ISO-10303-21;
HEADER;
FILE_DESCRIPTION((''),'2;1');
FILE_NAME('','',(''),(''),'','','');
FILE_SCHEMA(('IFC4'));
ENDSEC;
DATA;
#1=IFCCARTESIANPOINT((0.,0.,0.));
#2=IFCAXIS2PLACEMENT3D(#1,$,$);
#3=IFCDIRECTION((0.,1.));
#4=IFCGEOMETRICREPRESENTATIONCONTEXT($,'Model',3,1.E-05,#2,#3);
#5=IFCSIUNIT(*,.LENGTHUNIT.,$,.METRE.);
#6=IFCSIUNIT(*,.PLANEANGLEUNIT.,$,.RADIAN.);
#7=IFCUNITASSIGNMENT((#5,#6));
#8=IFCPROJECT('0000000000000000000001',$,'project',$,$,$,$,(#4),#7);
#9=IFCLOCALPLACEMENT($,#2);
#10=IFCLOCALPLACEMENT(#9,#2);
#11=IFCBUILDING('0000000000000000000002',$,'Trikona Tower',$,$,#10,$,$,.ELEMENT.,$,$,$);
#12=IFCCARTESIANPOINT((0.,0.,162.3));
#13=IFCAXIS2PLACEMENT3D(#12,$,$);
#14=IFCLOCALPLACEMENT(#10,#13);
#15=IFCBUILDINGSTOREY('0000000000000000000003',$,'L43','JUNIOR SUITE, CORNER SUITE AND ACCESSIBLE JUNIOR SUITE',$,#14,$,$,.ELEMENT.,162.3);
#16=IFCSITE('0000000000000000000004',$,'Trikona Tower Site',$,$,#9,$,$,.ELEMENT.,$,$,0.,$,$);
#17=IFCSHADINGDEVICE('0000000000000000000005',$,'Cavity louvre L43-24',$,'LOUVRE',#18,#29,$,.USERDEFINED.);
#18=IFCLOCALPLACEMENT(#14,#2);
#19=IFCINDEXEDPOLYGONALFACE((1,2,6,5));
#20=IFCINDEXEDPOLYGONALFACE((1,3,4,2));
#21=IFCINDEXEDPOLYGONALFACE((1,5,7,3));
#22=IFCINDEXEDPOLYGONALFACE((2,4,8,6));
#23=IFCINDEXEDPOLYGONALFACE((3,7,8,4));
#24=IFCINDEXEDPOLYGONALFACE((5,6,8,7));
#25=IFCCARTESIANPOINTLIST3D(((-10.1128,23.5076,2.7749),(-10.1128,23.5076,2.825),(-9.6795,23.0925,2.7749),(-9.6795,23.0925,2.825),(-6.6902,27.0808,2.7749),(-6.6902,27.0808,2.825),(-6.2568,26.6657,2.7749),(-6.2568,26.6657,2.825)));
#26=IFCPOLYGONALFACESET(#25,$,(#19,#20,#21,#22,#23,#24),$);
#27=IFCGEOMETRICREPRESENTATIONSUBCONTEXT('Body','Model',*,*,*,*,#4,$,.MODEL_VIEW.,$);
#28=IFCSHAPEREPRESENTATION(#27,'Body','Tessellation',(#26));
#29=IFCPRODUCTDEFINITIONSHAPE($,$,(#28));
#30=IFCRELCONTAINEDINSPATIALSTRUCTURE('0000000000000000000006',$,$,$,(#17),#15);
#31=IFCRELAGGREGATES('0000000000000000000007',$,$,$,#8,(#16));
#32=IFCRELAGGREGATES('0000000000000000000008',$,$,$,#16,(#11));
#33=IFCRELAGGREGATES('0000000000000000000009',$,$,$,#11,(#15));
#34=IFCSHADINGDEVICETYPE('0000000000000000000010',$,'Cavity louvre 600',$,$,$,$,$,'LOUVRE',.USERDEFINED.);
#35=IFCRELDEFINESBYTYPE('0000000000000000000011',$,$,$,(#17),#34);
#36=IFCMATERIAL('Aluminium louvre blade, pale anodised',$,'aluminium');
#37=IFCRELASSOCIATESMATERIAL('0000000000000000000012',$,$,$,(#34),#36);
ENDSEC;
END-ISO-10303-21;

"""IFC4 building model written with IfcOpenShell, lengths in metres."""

from ifc_helpers import new_model, si_unit, direction, frame, origin, origin_2d, place, context, subcontext, project, spatial, rectangle, extrude, material, type_object, element, save


model = new_model("IFC4")

# Units and contexts
model_context = context("Model", 3, precision=1e-05, world=origin(), true_north=direction((0.0, 1.0)))
body_context = subcontext(model_context, "Body", "Model", "MODEL_VIEW")
ifc_project = project(units=[si_unit("LENGTHUNIT", "METRE"), si_unit("PLANEANGLEUNIT", "RADIAN")], contexts=[model_context])

# Site, building, storey
site_placement = place(None, origin())
site = spatial("IfcSite", under=ifc_project, at=site_placement, Name="Trikona Tower Site", CompositionType="ELEMENT", RefElevation=0.0)
building_placement = place(site_placement, origin())
building = spatial("IfcBuilding", under=site, at=building_placement, Name="Trikona Tower", CompositionType="ELEMENT")
storey_placement = place(building_placement, frame((0.0, 0.0, 162.3)))
storey = spatial("IfcBuildingStorey", under=building, at=storey_placement, Name="L43", Description="JUNIOR SUITE, CORNER SUITE AND ACCESSIBLE JUNIOR SUITE", CompositionType="ELEMENT", Elevation=162.3)

# Shading device
ifc_material_1 = material(Name="Aluminium louvre blade, pale anodised", Category="aluminium")
shading_device_type = type_object("IfcShadingDeviceType", Name="Cavity louvre 600", ElementType="LOUVRE", PredefinedType="USERDEFINED", material=ifc_material_1)
shading_device_placement = place(storey_placement, frame((-8.1848, 25.0867, 2.7749), z_axis=(0.0, 0.0, 1.0), x_axis=(-0.691724, -0.722162, 0.0)))
element("IfcShadingDevice", 1, at=shading_device_placement, inside=storey, type_object=shading_device_type, Name="Cavity louvre L43-24", ObjectType="LOUVRE", PredefinedType="USERDEFINED", context=body_context, shape_type="SweptSolid", body=[
    extrude(rectangle(XDim=4.948, YDim=0.6001, at=origin_2d()), origin(), (0.0, 0.0, 1.0), 0.05),
])

save(model, "model.ifc")
